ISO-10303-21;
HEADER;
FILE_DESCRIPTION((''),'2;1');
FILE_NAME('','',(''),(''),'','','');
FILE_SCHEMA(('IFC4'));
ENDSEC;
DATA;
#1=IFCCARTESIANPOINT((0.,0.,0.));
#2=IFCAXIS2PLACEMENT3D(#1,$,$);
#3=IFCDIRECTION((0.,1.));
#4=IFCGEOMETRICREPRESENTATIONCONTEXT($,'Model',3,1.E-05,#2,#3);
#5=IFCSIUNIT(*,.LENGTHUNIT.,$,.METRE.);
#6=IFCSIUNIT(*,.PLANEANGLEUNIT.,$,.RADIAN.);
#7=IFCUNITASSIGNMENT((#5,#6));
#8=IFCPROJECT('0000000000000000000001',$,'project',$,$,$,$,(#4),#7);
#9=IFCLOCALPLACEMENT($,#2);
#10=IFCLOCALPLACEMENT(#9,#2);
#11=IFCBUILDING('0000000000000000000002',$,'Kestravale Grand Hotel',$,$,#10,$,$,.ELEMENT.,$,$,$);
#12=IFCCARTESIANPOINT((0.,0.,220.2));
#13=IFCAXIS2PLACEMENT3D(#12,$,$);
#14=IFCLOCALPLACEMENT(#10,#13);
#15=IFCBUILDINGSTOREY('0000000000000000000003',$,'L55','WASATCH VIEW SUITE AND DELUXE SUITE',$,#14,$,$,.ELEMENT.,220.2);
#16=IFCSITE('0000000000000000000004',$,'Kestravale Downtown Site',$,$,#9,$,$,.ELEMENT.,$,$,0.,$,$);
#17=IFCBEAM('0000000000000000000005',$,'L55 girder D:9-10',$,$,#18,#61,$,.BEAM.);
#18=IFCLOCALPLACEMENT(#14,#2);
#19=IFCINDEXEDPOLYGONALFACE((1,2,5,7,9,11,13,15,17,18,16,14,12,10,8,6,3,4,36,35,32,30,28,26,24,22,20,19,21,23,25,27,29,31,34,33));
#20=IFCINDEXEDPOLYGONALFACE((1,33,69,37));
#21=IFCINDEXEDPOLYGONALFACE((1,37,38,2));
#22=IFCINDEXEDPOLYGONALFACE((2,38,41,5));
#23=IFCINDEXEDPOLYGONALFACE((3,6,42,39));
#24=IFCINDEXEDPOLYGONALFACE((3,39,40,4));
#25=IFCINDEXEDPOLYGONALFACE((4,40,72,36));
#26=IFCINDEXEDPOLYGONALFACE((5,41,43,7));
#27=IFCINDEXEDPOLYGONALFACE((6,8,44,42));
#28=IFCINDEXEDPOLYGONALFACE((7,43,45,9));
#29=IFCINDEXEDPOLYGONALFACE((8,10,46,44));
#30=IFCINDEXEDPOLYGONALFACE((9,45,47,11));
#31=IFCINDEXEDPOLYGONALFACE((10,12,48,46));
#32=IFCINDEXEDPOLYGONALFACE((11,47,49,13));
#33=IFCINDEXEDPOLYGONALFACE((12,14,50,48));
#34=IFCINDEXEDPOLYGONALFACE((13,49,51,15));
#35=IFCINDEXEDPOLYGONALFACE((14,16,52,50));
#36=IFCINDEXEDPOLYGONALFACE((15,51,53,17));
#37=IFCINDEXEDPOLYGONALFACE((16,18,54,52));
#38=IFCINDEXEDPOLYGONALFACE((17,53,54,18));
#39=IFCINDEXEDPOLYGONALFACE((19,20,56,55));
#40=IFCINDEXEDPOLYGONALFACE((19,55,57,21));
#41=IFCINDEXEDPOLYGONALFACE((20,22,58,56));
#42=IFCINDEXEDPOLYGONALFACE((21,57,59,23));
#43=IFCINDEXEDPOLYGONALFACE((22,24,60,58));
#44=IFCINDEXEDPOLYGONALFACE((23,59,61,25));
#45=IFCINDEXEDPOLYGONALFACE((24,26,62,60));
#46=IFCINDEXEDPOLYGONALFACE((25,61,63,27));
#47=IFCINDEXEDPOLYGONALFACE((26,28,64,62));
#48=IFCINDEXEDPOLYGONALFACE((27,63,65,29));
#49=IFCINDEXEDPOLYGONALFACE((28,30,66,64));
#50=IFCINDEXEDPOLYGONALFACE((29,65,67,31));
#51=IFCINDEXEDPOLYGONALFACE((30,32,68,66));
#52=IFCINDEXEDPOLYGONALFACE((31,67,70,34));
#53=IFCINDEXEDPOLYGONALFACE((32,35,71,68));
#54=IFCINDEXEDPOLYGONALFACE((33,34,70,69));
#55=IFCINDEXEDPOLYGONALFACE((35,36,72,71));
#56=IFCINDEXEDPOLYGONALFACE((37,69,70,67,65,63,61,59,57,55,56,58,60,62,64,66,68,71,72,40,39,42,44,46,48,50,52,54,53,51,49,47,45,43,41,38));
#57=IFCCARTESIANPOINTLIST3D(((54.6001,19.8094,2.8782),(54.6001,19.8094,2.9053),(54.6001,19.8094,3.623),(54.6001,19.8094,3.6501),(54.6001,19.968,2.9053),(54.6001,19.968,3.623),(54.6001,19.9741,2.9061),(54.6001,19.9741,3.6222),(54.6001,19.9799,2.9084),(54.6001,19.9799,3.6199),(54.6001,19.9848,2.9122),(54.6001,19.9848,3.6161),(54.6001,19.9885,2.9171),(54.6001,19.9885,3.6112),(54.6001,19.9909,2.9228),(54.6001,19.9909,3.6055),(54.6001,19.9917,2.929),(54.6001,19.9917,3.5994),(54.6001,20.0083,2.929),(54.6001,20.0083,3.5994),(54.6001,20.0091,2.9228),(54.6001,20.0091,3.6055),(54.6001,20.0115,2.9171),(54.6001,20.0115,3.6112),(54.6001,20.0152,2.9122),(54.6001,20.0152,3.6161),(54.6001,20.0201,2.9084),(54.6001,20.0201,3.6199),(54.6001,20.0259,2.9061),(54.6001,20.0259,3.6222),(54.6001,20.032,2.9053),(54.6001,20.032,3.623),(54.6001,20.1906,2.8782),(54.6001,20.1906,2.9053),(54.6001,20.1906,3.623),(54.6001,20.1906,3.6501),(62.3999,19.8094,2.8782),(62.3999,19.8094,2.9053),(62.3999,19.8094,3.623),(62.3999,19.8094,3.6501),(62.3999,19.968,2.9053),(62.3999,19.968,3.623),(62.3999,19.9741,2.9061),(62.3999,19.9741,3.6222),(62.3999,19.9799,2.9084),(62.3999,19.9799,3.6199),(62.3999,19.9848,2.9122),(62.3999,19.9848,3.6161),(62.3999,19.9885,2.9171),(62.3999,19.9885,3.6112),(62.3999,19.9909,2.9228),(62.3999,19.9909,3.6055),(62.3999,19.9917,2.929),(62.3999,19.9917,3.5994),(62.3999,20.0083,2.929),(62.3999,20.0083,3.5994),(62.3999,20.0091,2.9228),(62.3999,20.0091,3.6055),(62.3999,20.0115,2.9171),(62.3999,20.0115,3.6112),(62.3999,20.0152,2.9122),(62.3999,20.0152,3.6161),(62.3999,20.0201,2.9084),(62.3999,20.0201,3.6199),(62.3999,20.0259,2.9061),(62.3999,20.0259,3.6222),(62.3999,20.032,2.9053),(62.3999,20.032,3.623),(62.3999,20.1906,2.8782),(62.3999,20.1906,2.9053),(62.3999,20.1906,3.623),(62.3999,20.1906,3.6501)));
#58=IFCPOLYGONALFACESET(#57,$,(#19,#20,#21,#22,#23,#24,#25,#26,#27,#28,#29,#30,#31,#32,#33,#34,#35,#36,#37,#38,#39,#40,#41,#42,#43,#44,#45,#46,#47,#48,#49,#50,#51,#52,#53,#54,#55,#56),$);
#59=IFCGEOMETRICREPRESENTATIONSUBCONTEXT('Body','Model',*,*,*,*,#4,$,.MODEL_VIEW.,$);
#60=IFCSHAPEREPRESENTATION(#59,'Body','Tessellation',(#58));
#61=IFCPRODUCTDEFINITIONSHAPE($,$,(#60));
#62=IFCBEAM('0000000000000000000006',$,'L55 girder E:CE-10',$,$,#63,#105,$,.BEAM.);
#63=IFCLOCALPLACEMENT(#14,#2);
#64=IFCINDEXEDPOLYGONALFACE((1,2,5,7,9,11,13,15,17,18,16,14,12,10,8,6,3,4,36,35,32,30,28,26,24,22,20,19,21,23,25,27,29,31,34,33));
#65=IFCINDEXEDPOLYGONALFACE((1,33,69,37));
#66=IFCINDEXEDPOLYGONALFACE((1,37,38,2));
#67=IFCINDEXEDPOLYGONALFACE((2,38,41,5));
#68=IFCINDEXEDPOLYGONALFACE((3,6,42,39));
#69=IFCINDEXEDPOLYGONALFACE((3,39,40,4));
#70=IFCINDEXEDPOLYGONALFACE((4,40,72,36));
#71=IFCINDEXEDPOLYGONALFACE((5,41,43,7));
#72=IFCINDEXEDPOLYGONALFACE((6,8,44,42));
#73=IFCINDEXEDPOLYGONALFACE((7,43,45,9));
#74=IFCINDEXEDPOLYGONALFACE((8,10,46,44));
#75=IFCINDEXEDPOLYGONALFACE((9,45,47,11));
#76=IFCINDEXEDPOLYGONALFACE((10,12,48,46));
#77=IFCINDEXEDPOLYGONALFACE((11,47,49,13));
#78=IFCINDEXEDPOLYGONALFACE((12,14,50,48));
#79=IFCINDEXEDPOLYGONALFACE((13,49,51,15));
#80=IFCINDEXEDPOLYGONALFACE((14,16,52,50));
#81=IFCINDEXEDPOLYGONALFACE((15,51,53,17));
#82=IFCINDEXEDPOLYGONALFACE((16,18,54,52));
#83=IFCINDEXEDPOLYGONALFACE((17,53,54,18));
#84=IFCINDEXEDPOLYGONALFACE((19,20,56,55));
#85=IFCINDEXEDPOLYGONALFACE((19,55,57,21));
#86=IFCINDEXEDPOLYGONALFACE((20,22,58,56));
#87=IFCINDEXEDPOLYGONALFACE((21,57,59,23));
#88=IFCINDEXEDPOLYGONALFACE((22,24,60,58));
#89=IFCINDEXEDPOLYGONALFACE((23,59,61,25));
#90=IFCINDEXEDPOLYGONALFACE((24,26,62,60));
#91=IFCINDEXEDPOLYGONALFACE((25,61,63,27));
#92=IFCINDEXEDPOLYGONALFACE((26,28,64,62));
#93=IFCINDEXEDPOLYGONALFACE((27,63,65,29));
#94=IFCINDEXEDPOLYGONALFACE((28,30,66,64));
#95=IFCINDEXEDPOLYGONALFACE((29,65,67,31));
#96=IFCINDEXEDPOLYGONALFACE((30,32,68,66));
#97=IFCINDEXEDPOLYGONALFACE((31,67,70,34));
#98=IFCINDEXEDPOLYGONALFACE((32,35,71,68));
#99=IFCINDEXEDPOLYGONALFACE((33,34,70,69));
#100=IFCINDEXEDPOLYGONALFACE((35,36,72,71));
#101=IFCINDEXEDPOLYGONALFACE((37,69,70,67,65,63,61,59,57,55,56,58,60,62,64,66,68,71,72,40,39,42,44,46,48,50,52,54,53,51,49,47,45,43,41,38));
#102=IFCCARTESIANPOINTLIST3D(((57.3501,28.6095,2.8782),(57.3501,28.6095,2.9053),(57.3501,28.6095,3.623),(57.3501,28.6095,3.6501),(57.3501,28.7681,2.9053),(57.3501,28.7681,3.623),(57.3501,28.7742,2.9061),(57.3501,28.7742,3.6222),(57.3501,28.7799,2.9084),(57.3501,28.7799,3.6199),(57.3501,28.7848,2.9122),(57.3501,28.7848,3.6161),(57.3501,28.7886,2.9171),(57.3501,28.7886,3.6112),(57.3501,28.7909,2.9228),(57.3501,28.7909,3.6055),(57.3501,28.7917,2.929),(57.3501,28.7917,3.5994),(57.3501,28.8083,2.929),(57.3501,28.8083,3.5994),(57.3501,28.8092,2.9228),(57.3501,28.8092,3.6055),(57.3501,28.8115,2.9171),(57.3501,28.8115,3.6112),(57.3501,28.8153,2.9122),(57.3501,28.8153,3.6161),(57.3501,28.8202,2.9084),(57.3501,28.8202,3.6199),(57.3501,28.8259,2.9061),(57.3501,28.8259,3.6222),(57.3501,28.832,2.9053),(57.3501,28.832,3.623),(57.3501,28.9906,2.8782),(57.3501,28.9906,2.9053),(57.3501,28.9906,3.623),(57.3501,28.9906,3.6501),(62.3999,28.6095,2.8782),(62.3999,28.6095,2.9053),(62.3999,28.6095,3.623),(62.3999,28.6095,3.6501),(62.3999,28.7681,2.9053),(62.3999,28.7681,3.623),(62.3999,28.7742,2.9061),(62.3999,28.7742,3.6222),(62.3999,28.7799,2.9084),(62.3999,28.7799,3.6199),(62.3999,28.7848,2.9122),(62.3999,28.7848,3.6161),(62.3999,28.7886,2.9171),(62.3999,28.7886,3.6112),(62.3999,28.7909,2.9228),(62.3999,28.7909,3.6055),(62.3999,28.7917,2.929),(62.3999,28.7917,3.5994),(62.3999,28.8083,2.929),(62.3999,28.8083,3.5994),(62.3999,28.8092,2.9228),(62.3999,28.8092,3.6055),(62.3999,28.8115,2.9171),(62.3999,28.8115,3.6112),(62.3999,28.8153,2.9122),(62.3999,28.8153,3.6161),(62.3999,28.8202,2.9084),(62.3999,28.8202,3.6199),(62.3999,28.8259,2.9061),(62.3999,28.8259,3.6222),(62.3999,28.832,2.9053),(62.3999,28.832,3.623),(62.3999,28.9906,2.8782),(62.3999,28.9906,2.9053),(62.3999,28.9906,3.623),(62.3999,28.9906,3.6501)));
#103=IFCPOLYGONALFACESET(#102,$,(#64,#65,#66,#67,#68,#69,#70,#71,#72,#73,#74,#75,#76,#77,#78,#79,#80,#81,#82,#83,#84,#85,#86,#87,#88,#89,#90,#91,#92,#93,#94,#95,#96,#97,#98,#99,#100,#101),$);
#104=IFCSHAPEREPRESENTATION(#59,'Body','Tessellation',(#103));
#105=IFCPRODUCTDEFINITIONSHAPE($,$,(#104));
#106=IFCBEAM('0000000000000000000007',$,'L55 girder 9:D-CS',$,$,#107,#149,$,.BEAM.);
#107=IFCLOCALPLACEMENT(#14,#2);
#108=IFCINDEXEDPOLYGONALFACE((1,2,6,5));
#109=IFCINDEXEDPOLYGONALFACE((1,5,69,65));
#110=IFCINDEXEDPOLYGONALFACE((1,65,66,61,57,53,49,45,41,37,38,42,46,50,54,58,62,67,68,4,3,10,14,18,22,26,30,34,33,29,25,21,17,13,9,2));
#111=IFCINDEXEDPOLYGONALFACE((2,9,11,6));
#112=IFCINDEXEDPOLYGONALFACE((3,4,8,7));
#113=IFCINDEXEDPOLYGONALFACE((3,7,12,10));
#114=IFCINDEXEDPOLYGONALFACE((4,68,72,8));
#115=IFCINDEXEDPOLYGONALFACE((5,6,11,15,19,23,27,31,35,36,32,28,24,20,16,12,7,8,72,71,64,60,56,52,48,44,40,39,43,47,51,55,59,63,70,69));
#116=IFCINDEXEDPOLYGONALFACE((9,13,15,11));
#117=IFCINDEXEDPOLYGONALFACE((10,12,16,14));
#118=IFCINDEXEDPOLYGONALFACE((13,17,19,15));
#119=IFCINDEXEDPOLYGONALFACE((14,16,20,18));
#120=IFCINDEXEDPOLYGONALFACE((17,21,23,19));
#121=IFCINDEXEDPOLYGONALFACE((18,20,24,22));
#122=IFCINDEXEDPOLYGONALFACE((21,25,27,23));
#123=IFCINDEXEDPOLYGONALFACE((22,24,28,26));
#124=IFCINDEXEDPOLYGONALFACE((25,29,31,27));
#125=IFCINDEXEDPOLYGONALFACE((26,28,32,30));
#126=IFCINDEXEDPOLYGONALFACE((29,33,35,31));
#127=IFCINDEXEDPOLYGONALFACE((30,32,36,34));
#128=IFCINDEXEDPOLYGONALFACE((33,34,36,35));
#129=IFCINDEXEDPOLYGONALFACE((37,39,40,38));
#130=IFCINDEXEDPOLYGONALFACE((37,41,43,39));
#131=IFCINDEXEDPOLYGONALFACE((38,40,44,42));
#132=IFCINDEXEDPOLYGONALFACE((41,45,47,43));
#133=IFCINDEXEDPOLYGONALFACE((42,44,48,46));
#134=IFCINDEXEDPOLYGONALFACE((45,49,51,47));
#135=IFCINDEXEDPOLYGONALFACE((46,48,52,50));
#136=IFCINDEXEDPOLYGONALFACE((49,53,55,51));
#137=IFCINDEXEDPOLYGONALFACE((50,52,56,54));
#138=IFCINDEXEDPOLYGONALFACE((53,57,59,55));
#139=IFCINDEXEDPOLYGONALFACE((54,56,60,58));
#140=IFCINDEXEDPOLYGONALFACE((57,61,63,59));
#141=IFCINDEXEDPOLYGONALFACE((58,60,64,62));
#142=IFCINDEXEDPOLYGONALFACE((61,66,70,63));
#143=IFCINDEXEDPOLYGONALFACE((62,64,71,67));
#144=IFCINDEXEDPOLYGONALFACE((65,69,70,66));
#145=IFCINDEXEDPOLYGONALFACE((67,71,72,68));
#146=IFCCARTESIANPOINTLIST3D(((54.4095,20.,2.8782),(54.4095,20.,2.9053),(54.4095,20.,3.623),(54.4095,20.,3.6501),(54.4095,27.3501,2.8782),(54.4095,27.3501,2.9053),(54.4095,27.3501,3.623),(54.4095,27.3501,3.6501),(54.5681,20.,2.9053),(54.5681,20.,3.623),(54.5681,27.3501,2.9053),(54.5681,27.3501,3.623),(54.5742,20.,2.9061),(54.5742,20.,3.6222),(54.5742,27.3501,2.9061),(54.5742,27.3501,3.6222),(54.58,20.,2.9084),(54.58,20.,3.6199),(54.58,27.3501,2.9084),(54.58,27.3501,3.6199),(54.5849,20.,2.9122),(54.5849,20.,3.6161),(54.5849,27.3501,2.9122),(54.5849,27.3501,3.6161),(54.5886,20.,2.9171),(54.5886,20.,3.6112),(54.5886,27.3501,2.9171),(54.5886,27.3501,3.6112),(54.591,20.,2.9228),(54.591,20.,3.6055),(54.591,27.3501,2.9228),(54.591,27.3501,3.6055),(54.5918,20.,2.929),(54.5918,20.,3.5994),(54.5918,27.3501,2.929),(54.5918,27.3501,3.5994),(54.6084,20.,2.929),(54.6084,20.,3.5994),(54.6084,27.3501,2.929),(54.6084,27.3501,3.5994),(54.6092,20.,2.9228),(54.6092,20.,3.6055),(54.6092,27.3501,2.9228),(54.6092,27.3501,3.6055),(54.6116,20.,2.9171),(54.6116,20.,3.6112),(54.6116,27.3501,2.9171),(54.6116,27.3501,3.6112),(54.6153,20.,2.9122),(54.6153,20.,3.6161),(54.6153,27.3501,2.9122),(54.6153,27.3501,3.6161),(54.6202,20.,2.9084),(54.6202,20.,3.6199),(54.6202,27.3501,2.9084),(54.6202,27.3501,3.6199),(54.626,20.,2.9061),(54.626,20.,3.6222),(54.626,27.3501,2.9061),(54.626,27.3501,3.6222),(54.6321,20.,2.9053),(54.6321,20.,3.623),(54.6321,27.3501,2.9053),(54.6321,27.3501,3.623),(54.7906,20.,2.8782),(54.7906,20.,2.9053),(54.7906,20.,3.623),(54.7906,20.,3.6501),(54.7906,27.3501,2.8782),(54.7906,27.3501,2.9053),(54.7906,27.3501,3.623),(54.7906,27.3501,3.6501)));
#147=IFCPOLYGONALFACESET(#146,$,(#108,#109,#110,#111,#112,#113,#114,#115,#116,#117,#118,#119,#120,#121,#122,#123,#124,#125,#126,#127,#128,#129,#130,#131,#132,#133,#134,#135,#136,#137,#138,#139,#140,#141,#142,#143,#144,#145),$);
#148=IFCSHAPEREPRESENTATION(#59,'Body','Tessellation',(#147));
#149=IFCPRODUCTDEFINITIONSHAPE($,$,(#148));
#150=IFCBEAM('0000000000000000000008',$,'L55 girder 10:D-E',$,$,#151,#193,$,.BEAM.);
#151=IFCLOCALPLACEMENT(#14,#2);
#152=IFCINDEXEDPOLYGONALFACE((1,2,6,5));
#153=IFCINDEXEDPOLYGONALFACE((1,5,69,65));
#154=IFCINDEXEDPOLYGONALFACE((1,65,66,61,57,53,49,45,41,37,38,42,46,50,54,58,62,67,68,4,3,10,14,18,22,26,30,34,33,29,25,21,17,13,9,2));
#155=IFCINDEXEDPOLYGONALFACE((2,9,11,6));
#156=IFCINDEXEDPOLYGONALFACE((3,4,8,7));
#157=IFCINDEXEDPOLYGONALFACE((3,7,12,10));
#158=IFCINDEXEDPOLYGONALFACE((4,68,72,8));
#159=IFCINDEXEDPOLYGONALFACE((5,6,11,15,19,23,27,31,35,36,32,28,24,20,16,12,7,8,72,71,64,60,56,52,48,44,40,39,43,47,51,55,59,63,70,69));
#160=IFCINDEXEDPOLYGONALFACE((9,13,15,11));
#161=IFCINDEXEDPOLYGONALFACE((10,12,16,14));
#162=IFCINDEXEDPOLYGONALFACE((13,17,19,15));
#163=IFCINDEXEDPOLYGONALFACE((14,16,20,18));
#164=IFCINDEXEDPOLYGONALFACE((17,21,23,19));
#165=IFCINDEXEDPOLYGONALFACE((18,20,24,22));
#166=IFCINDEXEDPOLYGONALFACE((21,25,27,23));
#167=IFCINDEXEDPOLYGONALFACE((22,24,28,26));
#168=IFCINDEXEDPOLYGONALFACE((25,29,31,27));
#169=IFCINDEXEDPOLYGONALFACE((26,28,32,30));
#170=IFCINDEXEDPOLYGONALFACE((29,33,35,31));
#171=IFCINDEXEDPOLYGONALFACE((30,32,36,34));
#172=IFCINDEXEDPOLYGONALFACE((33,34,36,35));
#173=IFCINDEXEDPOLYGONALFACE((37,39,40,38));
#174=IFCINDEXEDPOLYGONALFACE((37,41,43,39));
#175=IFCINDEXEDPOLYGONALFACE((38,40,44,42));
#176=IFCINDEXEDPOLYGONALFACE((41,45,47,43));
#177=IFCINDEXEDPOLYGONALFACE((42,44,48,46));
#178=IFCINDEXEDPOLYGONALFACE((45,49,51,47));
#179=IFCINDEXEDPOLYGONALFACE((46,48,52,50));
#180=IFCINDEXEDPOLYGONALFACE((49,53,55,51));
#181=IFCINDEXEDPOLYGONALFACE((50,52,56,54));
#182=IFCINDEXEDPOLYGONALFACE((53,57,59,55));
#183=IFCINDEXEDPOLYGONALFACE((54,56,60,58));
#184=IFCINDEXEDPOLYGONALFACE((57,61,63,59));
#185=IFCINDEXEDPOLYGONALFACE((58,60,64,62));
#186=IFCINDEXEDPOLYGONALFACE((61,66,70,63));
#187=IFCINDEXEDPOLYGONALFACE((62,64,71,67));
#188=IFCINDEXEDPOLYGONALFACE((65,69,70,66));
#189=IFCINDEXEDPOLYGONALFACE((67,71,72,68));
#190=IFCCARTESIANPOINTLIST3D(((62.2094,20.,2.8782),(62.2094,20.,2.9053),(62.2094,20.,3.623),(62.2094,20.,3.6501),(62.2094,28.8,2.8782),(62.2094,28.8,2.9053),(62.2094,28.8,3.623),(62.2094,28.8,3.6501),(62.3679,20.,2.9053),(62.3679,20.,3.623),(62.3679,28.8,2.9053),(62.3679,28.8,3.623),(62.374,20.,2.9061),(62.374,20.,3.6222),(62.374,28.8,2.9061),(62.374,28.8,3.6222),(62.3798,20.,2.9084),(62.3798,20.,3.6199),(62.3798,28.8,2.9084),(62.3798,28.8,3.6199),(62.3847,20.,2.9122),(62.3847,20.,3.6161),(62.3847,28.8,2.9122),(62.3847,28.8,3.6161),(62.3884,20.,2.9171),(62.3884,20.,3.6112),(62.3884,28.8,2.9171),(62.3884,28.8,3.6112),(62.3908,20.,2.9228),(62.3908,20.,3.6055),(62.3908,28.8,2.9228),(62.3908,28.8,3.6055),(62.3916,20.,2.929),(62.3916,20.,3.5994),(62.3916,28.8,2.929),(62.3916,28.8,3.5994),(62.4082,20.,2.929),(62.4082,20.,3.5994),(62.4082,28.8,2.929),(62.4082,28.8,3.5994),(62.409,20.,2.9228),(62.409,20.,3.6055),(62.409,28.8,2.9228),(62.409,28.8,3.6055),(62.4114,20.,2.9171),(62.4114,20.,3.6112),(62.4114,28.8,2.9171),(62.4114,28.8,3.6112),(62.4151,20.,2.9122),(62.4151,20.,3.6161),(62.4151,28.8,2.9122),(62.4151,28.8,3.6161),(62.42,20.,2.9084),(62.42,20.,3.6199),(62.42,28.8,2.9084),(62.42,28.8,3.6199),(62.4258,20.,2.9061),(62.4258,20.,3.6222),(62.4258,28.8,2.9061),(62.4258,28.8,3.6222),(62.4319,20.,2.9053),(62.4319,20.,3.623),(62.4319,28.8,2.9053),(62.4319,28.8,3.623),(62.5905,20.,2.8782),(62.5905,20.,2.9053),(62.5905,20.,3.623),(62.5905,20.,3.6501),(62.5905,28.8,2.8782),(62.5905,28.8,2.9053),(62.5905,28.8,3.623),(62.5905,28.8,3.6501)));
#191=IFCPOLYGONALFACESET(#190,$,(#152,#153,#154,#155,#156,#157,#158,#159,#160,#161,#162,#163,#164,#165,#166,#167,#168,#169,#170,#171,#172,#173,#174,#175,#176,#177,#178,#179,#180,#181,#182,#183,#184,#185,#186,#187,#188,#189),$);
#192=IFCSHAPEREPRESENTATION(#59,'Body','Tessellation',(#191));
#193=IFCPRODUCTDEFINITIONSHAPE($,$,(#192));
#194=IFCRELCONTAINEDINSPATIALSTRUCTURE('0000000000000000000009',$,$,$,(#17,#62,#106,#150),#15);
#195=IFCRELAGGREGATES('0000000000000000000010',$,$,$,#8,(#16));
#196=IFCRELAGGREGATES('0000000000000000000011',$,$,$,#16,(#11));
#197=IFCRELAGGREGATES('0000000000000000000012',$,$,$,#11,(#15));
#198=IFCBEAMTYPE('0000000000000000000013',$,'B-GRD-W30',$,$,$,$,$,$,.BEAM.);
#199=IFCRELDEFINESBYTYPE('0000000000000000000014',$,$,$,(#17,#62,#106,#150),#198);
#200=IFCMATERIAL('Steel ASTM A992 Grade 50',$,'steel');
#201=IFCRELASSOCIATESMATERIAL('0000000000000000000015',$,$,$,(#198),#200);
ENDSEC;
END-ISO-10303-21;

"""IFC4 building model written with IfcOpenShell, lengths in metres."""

from ifc_helpers import new_model, si_unit, direction, frame, origin, origin_2d, place, context, subcontext, project, spatial, i_section, extrude, material, material_profile, profile_set, type_object, element, save


model = new_model("IFC4")

# Units and contexts
model_context = context("Model", 3, precision=1e-05, world=origin(), true_north=direction((0.0, 1.0)))
body_context = subcontext(model_context, "Body", "Model", "MODEL_VIEW")
ifc_project = project(units=[si_unit("LENGTHUNIT", "METRE"), si_unit("PLANEANGLEUNIT", "RADIAN")], contexts=[model_context])

# Site, building, storey
site_placement = place(None, origin())
site = spatial("IfcSite", under=ifc_project, at=site_placement, Name="Kestravale Downtown Site", CompositionType="ELEMENT", RefElevation=0.0)
building_placement = place(site_placement, origin())
building = spatial("IfcBuilding", under=site, at=building_placement, Name="Kestravale Grand Hotel", CompositionType="ELEMENT")
storey_placement = place(building_placement, frame((0.0, 0.0, 220.2)))
storey = spatial("IfcBuildingStorey", under=building, at=storey_placement, Name="L55", Description="WASATCH VIEW SUITE AND DELUXE SUITE", CompositionType="ELEMENT", Elevation=220.2)

# Beams
ifc_material_1 = material(Name="Steel ASTM A992 Grade 50", Category="steel")
ifc_material_profile_1 = material_profile(ifc_material_1, i_section(OverallWidth=0.3811, OverallDepth=0.772, WebThickness=0.0166, FlangeThickness=0.0271, FilletRadius=0.0237, at=origin_2d()))
ifc_profile_set_1 = profile_set([ifc_material_profile_1], Name="Steel ASTM A992 Grade 50")
beam_type_1 = type_object("IfcBeamType", Name="B-GRD-W30", PredefinedType="BEAM", material=ifc_profile_set_1)
beam_1_placement = place(storey_placement, frame((54.6001, 20.0, 3.2642), z_axis=(1.0, 0.0, 0.0), x_axis=(0.0, 1.0, 0.0)))
element("IfcBeam", 1, at=beam_1_placement, inside=storey, type_object=beam_type_1, Name="L55 girder D:9-10", PredefinedType="BEAM", context=body_context, shape_type="SweptSolid", body=[
    extrude(i_section(OverallWidth=0.3811, OverallDepth=0.772, WebThickness=0.0166, FlangeThickness=0.0271, FilletRadius=0.0237, at=origin_2d()), origin(), (0.0, 0.0, 1.0), 7.7998),
])
beam_2_placement = place(storey_placement, frame((57.3501, 28.8, 3.2642), z_axis=(1.0, 0.0, 0.0), x_axis=(0.0, 1.0, 0.0)))
element("IfcBeam", 2, at=beam_2_placement, inside=storey, type_object=beam_type_1, Name="L55 girder E:CE-10", PredefinedType="BEAM", context=body_context, shape_type="SweptSolid", body=[
    extrude(i_section(OverallWidth=0.3811, OverallDepth=0.772, WebThickness=0.0166, FlangeThickness=0.0271, FilletRadius=0.0237, at=origin_2d()), origin(), (0.0, 0.0, 1.0), 5.0498),
])
beam_3_placement = place(storey_placement, frame((54.6001, 20.0, 3.2642), z_axis=(0.0, 1.0, 0.0), x_axis=(-1.0, 0.0, 0.0)))
element("IfcBeam", 3, at=beam_3_placement, inside=storey, type_object=beam_type_1, Name="L55 girder 9:D-CS", PredefinedType="BEAM", context=body_context, shape_type="SweptSolid", body=[
    extrude(i_section(OverallWidth=0.3811, OverallDepth=0.772, WebThickness=0.0166, FlangeThickness=0.0271, FilletRadius=0.0237, at=origin_2d()), origin(), (0.0, 0.0, 1.0), 7.3501),
])
beam_4_placement = place(storey_placement, frame((62.3999, 20.0, 3.2642), z_axis=(0.0, 1.0, 0.0), x_axis=(-1.0, 0.0, 0.0)))
element("IfcBeam", 4, at=beam_4_placement, inside=storey, type_object=beam_type_1, Name="L55 girder 10:D-E", PredefinedType="BEAM", context=body_context, shape_type="SweptSolid", body=[
    extrude(i_section(OverallWidth=0.3811, OverallDepth=0.772, WebThickness=0.0166, FlangeThickness=0.0271, FilletRadius=0.0237, at=origin_2d()), origin(), (0.0, 0.0, 1.0), 8.8),
])

save(model, "model.ifc")
